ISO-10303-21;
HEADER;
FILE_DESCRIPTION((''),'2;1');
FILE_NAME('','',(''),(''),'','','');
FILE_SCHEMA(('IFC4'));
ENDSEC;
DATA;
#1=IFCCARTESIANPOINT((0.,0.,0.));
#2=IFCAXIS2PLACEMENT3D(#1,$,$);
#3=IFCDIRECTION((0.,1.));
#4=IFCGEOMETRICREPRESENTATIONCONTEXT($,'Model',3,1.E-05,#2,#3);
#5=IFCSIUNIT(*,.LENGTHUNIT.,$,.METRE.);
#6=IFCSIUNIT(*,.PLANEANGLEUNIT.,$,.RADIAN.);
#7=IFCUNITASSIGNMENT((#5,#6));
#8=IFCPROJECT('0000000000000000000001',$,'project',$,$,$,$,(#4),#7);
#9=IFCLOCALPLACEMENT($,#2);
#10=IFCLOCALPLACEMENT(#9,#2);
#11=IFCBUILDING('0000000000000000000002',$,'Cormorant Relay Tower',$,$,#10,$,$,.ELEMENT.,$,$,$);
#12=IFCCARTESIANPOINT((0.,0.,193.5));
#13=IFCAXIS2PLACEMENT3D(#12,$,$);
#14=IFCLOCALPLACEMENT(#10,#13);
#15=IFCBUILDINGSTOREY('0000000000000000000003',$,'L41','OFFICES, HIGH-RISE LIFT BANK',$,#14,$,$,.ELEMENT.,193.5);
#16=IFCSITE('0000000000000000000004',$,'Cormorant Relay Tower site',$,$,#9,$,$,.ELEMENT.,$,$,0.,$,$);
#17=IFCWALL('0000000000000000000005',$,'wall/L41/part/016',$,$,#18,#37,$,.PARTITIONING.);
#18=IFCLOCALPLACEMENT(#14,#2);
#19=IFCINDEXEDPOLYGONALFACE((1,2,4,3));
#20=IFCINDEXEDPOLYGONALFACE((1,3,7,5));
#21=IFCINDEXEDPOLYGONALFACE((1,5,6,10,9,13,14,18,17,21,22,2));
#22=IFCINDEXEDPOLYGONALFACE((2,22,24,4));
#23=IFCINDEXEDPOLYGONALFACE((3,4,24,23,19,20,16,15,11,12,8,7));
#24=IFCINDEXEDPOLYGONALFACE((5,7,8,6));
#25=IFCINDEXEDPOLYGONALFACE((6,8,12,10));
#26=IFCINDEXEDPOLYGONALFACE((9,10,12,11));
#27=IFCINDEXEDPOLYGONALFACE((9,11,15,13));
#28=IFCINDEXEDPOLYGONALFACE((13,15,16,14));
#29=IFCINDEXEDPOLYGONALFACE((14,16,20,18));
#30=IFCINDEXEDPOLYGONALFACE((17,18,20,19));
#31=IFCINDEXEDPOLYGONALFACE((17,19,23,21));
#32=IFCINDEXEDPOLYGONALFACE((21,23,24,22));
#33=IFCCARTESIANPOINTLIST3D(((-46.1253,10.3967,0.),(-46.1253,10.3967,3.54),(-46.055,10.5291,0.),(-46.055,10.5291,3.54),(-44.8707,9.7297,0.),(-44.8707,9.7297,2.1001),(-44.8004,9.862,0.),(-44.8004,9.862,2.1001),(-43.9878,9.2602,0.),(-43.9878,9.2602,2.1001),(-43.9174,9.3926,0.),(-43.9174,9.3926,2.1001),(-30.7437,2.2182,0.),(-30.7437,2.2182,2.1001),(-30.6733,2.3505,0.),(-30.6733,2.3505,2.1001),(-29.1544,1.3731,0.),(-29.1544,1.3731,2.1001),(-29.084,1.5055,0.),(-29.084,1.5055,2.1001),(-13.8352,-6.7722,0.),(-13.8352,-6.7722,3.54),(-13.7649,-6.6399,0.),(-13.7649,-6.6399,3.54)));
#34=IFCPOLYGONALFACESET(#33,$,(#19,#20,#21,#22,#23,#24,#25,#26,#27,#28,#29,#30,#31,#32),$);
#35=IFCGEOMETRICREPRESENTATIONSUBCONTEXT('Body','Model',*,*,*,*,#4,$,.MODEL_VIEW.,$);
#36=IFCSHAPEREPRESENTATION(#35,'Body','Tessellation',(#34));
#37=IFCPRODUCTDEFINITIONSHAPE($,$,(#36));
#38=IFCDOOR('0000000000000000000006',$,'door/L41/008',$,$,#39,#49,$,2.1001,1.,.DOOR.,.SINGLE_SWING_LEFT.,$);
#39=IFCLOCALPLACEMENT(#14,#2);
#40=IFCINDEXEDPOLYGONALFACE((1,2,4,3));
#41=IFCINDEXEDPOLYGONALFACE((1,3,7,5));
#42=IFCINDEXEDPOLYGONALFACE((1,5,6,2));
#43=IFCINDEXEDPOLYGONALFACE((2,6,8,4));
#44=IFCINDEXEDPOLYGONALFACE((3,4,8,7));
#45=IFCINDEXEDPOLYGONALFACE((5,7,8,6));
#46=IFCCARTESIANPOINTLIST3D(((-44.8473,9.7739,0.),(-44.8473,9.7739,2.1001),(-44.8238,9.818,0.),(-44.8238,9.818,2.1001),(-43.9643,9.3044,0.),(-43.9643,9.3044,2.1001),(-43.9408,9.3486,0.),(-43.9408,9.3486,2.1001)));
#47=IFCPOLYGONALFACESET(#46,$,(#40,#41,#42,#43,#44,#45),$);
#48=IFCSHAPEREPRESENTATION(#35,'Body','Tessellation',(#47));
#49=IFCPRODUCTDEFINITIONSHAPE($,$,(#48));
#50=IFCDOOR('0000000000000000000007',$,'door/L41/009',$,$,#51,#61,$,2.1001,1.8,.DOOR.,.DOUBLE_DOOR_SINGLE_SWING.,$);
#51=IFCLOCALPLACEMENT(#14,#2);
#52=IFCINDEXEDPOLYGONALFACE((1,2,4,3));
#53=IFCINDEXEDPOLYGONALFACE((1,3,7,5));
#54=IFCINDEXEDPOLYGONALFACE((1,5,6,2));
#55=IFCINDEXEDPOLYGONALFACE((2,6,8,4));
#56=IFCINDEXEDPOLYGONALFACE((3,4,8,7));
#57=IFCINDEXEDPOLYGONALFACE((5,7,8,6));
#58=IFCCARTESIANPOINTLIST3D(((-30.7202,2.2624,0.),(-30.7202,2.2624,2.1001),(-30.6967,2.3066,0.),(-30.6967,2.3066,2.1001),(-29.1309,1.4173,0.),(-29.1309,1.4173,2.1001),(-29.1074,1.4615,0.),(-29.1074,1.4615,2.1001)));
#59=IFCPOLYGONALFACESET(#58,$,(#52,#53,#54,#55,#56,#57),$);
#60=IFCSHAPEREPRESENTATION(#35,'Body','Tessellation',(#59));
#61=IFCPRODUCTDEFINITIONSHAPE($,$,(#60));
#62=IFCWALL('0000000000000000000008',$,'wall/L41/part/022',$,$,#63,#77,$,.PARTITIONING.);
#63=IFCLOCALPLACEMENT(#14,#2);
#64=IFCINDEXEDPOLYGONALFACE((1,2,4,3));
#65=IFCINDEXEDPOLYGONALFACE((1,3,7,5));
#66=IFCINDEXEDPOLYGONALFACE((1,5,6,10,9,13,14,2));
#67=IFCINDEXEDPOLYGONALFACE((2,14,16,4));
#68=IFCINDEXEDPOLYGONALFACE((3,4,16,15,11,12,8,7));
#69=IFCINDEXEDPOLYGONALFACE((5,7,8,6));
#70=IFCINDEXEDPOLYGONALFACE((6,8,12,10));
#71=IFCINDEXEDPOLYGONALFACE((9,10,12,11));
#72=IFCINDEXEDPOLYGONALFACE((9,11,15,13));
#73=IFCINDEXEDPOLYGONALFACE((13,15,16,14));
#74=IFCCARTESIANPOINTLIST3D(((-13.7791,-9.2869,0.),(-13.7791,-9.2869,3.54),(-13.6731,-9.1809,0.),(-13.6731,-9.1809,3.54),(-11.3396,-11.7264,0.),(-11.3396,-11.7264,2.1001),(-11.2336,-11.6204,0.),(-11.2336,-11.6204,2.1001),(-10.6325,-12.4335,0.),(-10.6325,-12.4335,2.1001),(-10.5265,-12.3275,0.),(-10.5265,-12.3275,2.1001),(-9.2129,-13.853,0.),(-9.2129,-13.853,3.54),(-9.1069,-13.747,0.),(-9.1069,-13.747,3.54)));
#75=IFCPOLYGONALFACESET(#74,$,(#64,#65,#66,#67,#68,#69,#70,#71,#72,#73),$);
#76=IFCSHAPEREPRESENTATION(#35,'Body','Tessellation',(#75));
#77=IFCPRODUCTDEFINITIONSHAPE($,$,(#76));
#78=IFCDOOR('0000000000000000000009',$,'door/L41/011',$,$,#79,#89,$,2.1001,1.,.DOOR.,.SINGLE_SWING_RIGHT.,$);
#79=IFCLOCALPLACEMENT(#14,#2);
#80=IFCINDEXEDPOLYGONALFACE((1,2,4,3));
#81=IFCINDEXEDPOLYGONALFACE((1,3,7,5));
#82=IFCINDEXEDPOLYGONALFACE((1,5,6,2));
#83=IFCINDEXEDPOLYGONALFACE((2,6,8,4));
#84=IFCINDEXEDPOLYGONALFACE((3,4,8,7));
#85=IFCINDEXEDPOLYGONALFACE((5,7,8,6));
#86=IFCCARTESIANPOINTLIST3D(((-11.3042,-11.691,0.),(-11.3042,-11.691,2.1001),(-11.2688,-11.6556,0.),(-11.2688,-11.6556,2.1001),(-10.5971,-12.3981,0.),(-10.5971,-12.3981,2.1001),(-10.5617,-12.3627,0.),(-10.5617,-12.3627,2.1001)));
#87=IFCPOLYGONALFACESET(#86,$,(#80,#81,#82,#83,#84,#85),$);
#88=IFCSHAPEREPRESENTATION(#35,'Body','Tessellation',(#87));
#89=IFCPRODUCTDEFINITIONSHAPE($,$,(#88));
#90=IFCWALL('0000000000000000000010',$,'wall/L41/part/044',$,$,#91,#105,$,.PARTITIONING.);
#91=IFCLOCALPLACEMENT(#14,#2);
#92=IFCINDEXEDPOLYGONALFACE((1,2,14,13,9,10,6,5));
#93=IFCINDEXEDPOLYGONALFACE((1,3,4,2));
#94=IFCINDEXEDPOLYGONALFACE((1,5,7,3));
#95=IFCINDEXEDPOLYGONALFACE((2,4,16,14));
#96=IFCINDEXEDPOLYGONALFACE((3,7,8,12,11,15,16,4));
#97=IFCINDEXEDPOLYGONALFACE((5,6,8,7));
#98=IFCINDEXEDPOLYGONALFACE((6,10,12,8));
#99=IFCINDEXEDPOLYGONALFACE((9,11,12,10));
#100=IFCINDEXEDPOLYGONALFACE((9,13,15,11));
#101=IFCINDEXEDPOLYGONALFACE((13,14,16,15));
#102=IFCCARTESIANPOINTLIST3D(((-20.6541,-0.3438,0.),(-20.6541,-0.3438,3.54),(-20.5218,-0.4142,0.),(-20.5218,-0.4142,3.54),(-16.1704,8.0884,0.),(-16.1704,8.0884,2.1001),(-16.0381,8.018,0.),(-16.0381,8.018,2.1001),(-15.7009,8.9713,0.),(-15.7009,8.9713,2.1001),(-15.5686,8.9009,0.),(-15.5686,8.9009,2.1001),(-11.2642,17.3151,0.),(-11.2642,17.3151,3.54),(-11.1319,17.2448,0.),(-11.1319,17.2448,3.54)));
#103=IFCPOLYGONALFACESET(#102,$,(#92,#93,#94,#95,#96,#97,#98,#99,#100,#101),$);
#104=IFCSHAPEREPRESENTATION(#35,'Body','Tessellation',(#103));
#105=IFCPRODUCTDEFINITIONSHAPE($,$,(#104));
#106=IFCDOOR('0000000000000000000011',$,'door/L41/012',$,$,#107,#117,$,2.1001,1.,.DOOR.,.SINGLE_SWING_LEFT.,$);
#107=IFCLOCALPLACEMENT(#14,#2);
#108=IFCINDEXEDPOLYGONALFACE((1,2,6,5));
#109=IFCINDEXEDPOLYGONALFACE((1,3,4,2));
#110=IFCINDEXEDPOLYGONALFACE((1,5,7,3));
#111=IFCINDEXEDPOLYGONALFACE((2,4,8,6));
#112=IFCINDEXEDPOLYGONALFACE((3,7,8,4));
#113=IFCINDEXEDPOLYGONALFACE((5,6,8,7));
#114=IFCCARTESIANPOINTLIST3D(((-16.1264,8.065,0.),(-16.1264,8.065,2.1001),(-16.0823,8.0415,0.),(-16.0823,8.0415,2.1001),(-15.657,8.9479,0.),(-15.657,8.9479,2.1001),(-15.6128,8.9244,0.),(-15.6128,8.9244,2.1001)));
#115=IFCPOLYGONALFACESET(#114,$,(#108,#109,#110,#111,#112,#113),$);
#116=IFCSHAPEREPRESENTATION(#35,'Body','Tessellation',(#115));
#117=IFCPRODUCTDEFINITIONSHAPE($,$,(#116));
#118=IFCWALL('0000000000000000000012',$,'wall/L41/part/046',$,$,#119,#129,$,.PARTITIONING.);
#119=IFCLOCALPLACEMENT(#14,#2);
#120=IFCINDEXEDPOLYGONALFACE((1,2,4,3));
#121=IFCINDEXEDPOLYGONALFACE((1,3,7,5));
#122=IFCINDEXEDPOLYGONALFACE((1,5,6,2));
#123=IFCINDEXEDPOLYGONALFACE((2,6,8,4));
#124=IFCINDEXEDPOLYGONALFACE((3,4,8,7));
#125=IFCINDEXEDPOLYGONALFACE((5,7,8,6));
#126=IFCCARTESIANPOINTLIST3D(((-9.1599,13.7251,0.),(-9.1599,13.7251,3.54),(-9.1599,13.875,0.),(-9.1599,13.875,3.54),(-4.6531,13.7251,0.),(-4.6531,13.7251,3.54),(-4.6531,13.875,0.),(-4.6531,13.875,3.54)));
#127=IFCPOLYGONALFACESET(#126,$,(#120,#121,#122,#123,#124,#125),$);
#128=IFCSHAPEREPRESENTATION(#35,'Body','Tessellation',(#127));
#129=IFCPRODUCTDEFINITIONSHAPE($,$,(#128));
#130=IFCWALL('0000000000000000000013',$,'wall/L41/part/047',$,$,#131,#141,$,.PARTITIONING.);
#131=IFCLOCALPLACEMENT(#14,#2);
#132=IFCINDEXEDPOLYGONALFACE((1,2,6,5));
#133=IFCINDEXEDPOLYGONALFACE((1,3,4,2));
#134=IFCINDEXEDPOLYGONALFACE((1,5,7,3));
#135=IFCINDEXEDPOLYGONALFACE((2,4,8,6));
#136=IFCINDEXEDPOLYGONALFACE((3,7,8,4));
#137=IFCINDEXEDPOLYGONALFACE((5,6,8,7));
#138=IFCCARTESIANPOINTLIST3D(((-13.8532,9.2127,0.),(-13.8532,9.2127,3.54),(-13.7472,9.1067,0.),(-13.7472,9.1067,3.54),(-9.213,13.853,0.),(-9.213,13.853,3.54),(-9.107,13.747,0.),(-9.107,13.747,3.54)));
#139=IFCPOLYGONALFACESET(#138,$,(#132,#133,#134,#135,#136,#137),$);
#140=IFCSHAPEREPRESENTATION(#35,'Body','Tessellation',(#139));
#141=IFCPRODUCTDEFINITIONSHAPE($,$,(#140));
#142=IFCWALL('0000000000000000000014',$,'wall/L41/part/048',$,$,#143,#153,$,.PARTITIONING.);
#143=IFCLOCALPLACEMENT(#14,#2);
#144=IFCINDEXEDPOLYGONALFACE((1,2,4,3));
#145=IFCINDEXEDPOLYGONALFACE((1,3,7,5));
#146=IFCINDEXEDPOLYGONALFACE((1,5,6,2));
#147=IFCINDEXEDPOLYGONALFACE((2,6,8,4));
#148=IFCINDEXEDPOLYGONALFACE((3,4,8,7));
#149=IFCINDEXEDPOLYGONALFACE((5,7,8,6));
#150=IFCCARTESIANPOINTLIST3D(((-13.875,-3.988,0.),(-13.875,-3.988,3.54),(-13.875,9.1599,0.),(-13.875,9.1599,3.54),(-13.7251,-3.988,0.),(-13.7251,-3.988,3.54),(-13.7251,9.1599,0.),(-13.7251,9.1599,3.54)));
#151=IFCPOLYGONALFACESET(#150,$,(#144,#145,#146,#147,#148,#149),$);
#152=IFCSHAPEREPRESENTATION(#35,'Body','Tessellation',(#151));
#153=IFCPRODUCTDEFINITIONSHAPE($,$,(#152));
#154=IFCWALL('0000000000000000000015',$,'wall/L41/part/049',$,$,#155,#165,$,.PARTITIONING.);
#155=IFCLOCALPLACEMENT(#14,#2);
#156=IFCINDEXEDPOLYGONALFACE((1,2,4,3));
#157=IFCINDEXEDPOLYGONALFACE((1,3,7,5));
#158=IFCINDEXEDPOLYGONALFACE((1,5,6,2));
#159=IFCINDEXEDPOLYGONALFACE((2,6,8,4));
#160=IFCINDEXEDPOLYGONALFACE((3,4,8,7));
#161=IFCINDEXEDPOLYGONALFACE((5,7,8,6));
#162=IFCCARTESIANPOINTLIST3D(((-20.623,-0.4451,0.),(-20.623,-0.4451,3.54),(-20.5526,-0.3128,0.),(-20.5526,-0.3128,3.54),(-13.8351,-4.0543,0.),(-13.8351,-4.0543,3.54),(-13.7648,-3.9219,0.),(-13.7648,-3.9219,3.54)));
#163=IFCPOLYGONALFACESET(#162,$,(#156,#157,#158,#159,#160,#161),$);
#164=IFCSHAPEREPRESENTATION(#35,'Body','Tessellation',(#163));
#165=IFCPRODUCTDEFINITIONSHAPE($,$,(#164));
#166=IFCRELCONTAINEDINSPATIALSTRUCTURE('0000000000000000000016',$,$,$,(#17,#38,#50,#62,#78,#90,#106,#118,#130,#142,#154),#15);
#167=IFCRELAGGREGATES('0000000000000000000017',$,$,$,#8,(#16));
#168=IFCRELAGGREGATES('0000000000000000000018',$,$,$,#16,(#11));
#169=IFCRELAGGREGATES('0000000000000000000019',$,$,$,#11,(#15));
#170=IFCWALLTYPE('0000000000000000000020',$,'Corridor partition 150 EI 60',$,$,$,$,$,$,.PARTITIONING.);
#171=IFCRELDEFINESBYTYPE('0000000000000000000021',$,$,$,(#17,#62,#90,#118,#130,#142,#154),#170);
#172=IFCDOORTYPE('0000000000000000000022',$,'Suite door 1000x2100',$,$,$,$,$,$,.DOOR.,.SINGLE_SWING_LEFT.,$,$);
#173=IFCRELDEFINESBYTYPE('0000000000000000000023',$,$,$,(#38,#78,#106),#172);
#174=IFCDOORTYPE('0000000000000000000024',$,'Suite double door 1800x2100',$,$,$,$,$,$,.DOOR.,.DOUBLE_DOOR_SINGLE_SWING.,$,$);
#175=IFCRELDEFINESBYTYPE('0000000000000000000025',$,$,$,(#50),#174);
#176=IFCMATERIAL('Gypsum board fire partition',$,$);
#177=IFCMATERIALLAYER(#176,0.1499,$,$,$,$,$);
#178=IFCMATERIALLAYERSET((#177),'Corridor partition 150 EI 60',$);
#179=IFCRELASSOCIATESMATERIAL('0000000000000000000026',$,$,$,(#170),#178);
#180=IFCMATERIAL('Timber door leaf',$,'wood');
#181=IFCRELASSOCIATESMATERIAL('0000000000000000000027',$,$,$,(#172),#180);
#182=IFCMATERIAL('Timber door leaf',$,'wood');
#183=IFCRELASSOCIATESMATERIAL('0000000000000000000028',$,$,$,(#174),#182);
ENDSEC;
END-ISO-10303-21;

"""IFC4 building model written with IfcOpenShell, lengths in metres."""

from ifc_helpers import new_model, si_unit, direction, frame, frame_2d, origin, place, context, subcontext, project, spatial, rectangle, extrude, material, layer, layer_set, type_object, element, fill, save


model = new_model("IFC4")

# Units and contexts
model_context = context("Model", 3, precision=1e-05, world=origin(), true_north=direction((0.0, 1.0)))
body_context = subcontext(model_context, "Body", "Model", "MODEL_VIEW")
ifc_project = project(units=[si_unit("LENGTHUNIT", "METRE"), si_unit("PLANEANGLEUNIT", "RADIAN")], contexts=[model_context])

# Site, building, storey
site_placement = place(None, origin())
site = spatial("IfcSite", under=ifc_project, at=site_placement, Name="Cormorant Relay Tower site", CompositionType="ELEMENT", RefElevation=0.0)
building_placement = place(site_placement, origin())
building = spatial("IfcBuilding", under=site, at=building_placement, Name="Cormorant Relay Tower", CompositionType="ELEMENT")
storey_placement = place(building_placement, frame((0.0, 0.0, 193.5)))
storey = spatial("IfcBuildingStorey", under=building, at=storey_placement, Name="L41", Description="OFFICES, HIGH-RISE LIFT BANK", CompositionType="ELEMENT", Elevation=193.5)

# Wall, openings, doors
ifc_material_1 = material(Name="Gypsum board fire partition")
ifc_layer_1 = layer(ifc_material_1, 0.1499)
ifc_layer_set_1 = layer_set([ifc_layer_1], Name="Corridor partition 150 EI 60")
wall_type_1 = type_object("IfcWallType", Name="Corridor partition 150 EI 60", PredefinedType="PARTITIONING", material=ifc_layer_set_1)
wall_1_placement = place(storey_placement, frame((-13.8, -6.7061, 0.0), z_axis=(0.0, 0.0, 1.0), x_axis=(-0.882947, 0.469472, 0.0)))
wall_1 = element("IfcWall", 1, at=wall_1_placement, inside=storey, type_object=wall_type_1, Name="wall/L41/part/016", PredefinedType="PARTITIONING", context=body_context, shape_type="SweptSolid", body=[
    extrude(rectangle(XDim=36.5708, YDim=0.1499, at=frame_2d((18.2854, 0.0))), origin(), (0.0, 0.0, 1.0), 3.54),
])
opening_1_placement = place(wall_1_placement, frame((34.1499, 0.0, 0.0)))
opening_1 = element("IfcOpeningElement", 2, at=opening_1_placement, cuts=wall_1, PredefinedType="OPENING", context=body_context, shape_type="SweptSolid", body=[
    extrude(rectangle(XDim=1.0, YDim=2.1001, at=frame_2d((0.5, 1.05))), frame((0.0, 0.085, 0.0), z_axis=(0.0, -1.0, 0.0), x_axis=(1.0, 0.0, 0.0)), (0.0, 0.0, 1.0), 0.1699),
])
opening_2_placement = place(wall_1_placement, frame((17.3501, 0.0, 0.0)))
opening_2 = element("IfcOpeningElement", 3, at=opening_2_placement, cuts=wall_1, PredefinedType="OPENING", context=body_context, shape_type="SweptSolid", body=[
    extrude(rectangle(XDim=1.8, YDim=2.1001, at=frame_2d((0.8999, 1.05))), frame((0.0, 0.085, 0.0), z_axis=(0.0, -1.0, 0.0), x_axis=(1.0, 0.0, 0.0)), (0.0, 0.0, 1.0), 0.1699),
])
ifc_material_2 = material(Name="Timber door leaf", Category="wood")
door_type_1 = type_object("IfcDoorType", Name="Suite door 1000x2100", OperationType="SINGLE_SWING_LEFT", PredefinedType="DOOR", material=ifc_material_2)
door_1_placement = place(opening_1_placement, origin())
door_1 = element("IfcDoor", 4, at=door_1_placement, inside=storey, type_object=door_type_1, Name="door/L41/008", OperationType="SINGLE_SWING_LEFT", OverallHeight=2.1001, OverallWidth=1.0, PredefinedType="DOOR", context=body_context, shape_type="SweptSolid", body=[
    extrude(rectangle(XDim=1.0, YDim=2.1001, at=frame_2d((0.5, 1.05))), frame((0.0, 0.0249, 0.0), z_axis=(0.0, -1.0, 0.0), x_axis=(1.0, 0.0, 0.0)), (0.0, 0.0, 1.0), 0.05),
])
fill(opening_1, door_1)
ifc_material_3 = material(Name="Timber door leaf", Category="wood")
door_type_2 = type_object("IfcDoorType", Name="Suite double door 1800x2100", OperationType="DOUBLE_DOOR_SINGLE_SWING", PredefinedType="DOOR", material=ifc_material_3)
door_2_placement = place(opening_2_placement, origin())
door_2 = element("IfcDoor", 5, at=door_2_placement, inside=storey, type_object=door_type_2, Name="door/L41/009", OperationType="DOUBLE_DOOR_SINGLE_SWING", OverallHeight=2.1001, OverallWidth=1.8, PredefinedType="DOOR", context=body_context, shape_type="SweptSolid", body=[
    extrude(rectangle(XDim=1.8, YDim=2.1001, at=frame_2d((0.8999, 1.05))), frame((0.0, 0.0249, 0.0), z_axis=(0.0, -1.0, 0.0), x_axis=(1.0, 0.0, 0.0)), (0.0, 0.0, 1.0), 0.05),
])
fill(opening_2, door_2)

# Walls, openings, doors
wall_2_placement = place(storey_placement, frame((-13.7261, -9.2339, 0.0), z_axis=(0.0, 0.0, 1.0), x_axis=(0.707107, -0.707107, 0.0)))
wall_2 = element("IfcWall", 6, at=wall_2_placement, inside=storey, type_object=wall_type_1, Name="wall/L41/part/022", PredefinedType="PARTITIONING", context=body_context, shape_type="SweptSolid", body=[
    extrude(rectangle(XDim=6.4575, YDim=0.1499, at=frame_2d((3.2288, 0.0))), origin(), (0.0, 0.0, 1.0), 3.54),
])
opening_3_placement = place(wall_2_placement, frame((3.45, 0.0, 0.0)))
opening_3 = element("IfcOpeningElement", 7, at=opening_3_placement, cuts=wall_2, PredefinedType="OPENING", context=body_context, shape_type="SweptSolid", body=[
    extrude(rectangle(XDim=1.0, YDim=2.1001, at=frame_2d((0.5, 1.05))), frame((0.0, 0.085, 0.0), z_axis=(0.0, -1.0, 0.0), x_axis=(1.0, 0.0, 0.0)), (0.0, 0.0, 1.0), 0.1699),
])
door_3_placement = place(opening_3_placement, frame((1.0, 0.0, 0.0), z_axis=(0.0, 0.0, 1.0), x_axis=(-1.0, 0.0, 0.0)))
door_3 = element("IfcDoor", 8, at=door_3_placement, inside=storey, type_object=door_type_1, Name="door/L41/011", OperationType="SINGLE_SWING_RIGHT", OverallHeight=2.1001, OverallWidth=1.0, PredefinedType="DOOR", context=body_context, shape_type="SweptSolid", body=[
    extrude(rectangle(XDim=1.0, YDim=2.1001, at=frame_2d((0.5, 1.05))), frame((0.0, 0.0249, 0.0), z_axis=(0.0, -1.0, 0.0), x_axis=(1.0, 0.0, 0.0)), (0.0, 0.0, 1.0), 0.05),
])
fill(opening_3, door_3)
wall_3_placement = place(storey_placement, frame((-20.5879, -0.3789, 0.0), z_axis=(0.0, 0.0, 1.0), x_axis=(0.46949, 0.882938, 0.0)))
wall_3 = element("IfcWall", 9, at=wall_3_placement, inside=storey, type_object=wall_type_1, Name="wall/L41/part/044", PredefinedType="PARTITIONING", context=body_context, shape_type="SweptSolid", body=[
    extrude(rectangle(XDim=20.0002, YDim=0.1499, at=frame_2d((10.0, 0.0))), origin(), (0.0, 0.0, 1.0), 3.54),
])
opening_4_placement = place(wall_3_placement, frame((9.55, 0.0, 0.0)))
opening_4 = element("IfcOpeningElement", 10, at=opening_4_placement, cuts=wall_3, PredefinedType="OPENING", context=body_context, shape_type="SweptSolid", body=[
    extrude(rectangle(XDim=1.0, YDim=2.1001, at=frame_2d((0.5, 1.05))), frame((0.0, 0.085, 0.0), z_axis=(0.0, -1.0, 0.0), x_axis=(1.0, 0.0, 0.0)), (0.0, 0.0, 1.0), 0.1699),
])
door_4_placement = place(opening_4_placement, frame((1.0, 0.0, 0.0), z_axis=(0.0, 0.0, 1.0), x_axis=(-1.0, 0.0, 0.0)))
door_4 = element("IfcDoor", 11, at=door_4_placement, inside=storey, type_object=door_type_1, Name="door/L41/012", OperationType="SINGLE_SWING_LEFT", OverallHeight=2.1001, OverallWidth=1.0, PredefinedType="DOOR", context=body_context, shape_type="SweptSolid", body=[
    extrude(rectangle(XDim=1.0, YDim=2.1001, at=frame_2d((0.5, 1.05))), frame((0.0, 0.0249, 0.0), z_axis=(0.0, -1.0, 0.0), x_axis=(1.0, 0.0, 0.0)), (0.0, 0.0, 1.0), 0.05),
])
fill(opening_4, door_4)

# Walls
wall_4_placement = place(storey_placement, frame((-4.6531, 13.8, 0.0), z_axis=(0.0, 0.0, 1.0), x_axis=(-1.0, 0.0, 0.0)))
element("IfcWall", 12, at=wall_4_placement, inside=storey, type_object=wall_type_1, Name="wall/L41/part/046", PredefinedType="PARTITIONING", context=body_context, shape_type="SweptSolid", body=[
    extrude(rectangle(XDim=4.5068, YDim=0.1499, at=frame_2d((2.2534, 0.0))), origin(), (0.0, 0.0, 1.0), 3.54),
])
wall_5_placement = place(storey_placement, frame((-9.1599, 13.8, 0.0), z_axis=(0.0, 0.0, 1.0), x_axis=(-0.707107, -0.707107, 0.0)))
element("IfcWall", 13, at=wall_5_placement, inside=storey, type_object=wall_type_1, Name="wall/L41/part/047", PredefinedType="PARTITIONING", context=body_context, shape_type="SweptSolid", body=[
    extrude(rectangle(XDim=6.5623, YDim=0.1499, at=frame_2d((3.2812, 0.0))), origin(), (0.0, 0.0, 1.0), 3.54),
])
wall_6_placement = place(storey_placement, frame((-13.8, 9.1599, 0.0), z_axis=(0.0, 0.0, 1.0), x_axis=(0.0, -1.0, 0.0)))
element("IfcWall", 14, at=wall_6_placement, inside=storey, type_object=wall_type_1, Name="wall/L41/part/048", PredefinedType="PARTITIONING", context=body_context, shape_type="SweptSolid", body=[
    extrude(rectangle(XDim=13.1479, YDim=0.1499, at=frame_2d((6.574, 0.0))), origin(), (0.0, 0.0, 1.0), 3.54),
])
wall_7_placement = place(storey_placement, frame((-13.8, -3.988, 0.0), z_axis=(0.0, 0.0, 1.0), x_axis=(-0.882949, 0.469469, 0.0)))
element("IfcWall", 15, at=wall_7_placement, inside=storey, type_object=wall_type_1, Name="wall/L41/part/049", PredefinedType="PARTITIONING", context=body_context, shape_type="SweptSolid", body=[
    extrude(rectangle(XDim=7.6877, YDim=0.1499, at=frame_2d((3.8438, 0.0))), origin(), (0.0, 0.0, 1.0), 3.54),
])

save(model, "model.ifc")
